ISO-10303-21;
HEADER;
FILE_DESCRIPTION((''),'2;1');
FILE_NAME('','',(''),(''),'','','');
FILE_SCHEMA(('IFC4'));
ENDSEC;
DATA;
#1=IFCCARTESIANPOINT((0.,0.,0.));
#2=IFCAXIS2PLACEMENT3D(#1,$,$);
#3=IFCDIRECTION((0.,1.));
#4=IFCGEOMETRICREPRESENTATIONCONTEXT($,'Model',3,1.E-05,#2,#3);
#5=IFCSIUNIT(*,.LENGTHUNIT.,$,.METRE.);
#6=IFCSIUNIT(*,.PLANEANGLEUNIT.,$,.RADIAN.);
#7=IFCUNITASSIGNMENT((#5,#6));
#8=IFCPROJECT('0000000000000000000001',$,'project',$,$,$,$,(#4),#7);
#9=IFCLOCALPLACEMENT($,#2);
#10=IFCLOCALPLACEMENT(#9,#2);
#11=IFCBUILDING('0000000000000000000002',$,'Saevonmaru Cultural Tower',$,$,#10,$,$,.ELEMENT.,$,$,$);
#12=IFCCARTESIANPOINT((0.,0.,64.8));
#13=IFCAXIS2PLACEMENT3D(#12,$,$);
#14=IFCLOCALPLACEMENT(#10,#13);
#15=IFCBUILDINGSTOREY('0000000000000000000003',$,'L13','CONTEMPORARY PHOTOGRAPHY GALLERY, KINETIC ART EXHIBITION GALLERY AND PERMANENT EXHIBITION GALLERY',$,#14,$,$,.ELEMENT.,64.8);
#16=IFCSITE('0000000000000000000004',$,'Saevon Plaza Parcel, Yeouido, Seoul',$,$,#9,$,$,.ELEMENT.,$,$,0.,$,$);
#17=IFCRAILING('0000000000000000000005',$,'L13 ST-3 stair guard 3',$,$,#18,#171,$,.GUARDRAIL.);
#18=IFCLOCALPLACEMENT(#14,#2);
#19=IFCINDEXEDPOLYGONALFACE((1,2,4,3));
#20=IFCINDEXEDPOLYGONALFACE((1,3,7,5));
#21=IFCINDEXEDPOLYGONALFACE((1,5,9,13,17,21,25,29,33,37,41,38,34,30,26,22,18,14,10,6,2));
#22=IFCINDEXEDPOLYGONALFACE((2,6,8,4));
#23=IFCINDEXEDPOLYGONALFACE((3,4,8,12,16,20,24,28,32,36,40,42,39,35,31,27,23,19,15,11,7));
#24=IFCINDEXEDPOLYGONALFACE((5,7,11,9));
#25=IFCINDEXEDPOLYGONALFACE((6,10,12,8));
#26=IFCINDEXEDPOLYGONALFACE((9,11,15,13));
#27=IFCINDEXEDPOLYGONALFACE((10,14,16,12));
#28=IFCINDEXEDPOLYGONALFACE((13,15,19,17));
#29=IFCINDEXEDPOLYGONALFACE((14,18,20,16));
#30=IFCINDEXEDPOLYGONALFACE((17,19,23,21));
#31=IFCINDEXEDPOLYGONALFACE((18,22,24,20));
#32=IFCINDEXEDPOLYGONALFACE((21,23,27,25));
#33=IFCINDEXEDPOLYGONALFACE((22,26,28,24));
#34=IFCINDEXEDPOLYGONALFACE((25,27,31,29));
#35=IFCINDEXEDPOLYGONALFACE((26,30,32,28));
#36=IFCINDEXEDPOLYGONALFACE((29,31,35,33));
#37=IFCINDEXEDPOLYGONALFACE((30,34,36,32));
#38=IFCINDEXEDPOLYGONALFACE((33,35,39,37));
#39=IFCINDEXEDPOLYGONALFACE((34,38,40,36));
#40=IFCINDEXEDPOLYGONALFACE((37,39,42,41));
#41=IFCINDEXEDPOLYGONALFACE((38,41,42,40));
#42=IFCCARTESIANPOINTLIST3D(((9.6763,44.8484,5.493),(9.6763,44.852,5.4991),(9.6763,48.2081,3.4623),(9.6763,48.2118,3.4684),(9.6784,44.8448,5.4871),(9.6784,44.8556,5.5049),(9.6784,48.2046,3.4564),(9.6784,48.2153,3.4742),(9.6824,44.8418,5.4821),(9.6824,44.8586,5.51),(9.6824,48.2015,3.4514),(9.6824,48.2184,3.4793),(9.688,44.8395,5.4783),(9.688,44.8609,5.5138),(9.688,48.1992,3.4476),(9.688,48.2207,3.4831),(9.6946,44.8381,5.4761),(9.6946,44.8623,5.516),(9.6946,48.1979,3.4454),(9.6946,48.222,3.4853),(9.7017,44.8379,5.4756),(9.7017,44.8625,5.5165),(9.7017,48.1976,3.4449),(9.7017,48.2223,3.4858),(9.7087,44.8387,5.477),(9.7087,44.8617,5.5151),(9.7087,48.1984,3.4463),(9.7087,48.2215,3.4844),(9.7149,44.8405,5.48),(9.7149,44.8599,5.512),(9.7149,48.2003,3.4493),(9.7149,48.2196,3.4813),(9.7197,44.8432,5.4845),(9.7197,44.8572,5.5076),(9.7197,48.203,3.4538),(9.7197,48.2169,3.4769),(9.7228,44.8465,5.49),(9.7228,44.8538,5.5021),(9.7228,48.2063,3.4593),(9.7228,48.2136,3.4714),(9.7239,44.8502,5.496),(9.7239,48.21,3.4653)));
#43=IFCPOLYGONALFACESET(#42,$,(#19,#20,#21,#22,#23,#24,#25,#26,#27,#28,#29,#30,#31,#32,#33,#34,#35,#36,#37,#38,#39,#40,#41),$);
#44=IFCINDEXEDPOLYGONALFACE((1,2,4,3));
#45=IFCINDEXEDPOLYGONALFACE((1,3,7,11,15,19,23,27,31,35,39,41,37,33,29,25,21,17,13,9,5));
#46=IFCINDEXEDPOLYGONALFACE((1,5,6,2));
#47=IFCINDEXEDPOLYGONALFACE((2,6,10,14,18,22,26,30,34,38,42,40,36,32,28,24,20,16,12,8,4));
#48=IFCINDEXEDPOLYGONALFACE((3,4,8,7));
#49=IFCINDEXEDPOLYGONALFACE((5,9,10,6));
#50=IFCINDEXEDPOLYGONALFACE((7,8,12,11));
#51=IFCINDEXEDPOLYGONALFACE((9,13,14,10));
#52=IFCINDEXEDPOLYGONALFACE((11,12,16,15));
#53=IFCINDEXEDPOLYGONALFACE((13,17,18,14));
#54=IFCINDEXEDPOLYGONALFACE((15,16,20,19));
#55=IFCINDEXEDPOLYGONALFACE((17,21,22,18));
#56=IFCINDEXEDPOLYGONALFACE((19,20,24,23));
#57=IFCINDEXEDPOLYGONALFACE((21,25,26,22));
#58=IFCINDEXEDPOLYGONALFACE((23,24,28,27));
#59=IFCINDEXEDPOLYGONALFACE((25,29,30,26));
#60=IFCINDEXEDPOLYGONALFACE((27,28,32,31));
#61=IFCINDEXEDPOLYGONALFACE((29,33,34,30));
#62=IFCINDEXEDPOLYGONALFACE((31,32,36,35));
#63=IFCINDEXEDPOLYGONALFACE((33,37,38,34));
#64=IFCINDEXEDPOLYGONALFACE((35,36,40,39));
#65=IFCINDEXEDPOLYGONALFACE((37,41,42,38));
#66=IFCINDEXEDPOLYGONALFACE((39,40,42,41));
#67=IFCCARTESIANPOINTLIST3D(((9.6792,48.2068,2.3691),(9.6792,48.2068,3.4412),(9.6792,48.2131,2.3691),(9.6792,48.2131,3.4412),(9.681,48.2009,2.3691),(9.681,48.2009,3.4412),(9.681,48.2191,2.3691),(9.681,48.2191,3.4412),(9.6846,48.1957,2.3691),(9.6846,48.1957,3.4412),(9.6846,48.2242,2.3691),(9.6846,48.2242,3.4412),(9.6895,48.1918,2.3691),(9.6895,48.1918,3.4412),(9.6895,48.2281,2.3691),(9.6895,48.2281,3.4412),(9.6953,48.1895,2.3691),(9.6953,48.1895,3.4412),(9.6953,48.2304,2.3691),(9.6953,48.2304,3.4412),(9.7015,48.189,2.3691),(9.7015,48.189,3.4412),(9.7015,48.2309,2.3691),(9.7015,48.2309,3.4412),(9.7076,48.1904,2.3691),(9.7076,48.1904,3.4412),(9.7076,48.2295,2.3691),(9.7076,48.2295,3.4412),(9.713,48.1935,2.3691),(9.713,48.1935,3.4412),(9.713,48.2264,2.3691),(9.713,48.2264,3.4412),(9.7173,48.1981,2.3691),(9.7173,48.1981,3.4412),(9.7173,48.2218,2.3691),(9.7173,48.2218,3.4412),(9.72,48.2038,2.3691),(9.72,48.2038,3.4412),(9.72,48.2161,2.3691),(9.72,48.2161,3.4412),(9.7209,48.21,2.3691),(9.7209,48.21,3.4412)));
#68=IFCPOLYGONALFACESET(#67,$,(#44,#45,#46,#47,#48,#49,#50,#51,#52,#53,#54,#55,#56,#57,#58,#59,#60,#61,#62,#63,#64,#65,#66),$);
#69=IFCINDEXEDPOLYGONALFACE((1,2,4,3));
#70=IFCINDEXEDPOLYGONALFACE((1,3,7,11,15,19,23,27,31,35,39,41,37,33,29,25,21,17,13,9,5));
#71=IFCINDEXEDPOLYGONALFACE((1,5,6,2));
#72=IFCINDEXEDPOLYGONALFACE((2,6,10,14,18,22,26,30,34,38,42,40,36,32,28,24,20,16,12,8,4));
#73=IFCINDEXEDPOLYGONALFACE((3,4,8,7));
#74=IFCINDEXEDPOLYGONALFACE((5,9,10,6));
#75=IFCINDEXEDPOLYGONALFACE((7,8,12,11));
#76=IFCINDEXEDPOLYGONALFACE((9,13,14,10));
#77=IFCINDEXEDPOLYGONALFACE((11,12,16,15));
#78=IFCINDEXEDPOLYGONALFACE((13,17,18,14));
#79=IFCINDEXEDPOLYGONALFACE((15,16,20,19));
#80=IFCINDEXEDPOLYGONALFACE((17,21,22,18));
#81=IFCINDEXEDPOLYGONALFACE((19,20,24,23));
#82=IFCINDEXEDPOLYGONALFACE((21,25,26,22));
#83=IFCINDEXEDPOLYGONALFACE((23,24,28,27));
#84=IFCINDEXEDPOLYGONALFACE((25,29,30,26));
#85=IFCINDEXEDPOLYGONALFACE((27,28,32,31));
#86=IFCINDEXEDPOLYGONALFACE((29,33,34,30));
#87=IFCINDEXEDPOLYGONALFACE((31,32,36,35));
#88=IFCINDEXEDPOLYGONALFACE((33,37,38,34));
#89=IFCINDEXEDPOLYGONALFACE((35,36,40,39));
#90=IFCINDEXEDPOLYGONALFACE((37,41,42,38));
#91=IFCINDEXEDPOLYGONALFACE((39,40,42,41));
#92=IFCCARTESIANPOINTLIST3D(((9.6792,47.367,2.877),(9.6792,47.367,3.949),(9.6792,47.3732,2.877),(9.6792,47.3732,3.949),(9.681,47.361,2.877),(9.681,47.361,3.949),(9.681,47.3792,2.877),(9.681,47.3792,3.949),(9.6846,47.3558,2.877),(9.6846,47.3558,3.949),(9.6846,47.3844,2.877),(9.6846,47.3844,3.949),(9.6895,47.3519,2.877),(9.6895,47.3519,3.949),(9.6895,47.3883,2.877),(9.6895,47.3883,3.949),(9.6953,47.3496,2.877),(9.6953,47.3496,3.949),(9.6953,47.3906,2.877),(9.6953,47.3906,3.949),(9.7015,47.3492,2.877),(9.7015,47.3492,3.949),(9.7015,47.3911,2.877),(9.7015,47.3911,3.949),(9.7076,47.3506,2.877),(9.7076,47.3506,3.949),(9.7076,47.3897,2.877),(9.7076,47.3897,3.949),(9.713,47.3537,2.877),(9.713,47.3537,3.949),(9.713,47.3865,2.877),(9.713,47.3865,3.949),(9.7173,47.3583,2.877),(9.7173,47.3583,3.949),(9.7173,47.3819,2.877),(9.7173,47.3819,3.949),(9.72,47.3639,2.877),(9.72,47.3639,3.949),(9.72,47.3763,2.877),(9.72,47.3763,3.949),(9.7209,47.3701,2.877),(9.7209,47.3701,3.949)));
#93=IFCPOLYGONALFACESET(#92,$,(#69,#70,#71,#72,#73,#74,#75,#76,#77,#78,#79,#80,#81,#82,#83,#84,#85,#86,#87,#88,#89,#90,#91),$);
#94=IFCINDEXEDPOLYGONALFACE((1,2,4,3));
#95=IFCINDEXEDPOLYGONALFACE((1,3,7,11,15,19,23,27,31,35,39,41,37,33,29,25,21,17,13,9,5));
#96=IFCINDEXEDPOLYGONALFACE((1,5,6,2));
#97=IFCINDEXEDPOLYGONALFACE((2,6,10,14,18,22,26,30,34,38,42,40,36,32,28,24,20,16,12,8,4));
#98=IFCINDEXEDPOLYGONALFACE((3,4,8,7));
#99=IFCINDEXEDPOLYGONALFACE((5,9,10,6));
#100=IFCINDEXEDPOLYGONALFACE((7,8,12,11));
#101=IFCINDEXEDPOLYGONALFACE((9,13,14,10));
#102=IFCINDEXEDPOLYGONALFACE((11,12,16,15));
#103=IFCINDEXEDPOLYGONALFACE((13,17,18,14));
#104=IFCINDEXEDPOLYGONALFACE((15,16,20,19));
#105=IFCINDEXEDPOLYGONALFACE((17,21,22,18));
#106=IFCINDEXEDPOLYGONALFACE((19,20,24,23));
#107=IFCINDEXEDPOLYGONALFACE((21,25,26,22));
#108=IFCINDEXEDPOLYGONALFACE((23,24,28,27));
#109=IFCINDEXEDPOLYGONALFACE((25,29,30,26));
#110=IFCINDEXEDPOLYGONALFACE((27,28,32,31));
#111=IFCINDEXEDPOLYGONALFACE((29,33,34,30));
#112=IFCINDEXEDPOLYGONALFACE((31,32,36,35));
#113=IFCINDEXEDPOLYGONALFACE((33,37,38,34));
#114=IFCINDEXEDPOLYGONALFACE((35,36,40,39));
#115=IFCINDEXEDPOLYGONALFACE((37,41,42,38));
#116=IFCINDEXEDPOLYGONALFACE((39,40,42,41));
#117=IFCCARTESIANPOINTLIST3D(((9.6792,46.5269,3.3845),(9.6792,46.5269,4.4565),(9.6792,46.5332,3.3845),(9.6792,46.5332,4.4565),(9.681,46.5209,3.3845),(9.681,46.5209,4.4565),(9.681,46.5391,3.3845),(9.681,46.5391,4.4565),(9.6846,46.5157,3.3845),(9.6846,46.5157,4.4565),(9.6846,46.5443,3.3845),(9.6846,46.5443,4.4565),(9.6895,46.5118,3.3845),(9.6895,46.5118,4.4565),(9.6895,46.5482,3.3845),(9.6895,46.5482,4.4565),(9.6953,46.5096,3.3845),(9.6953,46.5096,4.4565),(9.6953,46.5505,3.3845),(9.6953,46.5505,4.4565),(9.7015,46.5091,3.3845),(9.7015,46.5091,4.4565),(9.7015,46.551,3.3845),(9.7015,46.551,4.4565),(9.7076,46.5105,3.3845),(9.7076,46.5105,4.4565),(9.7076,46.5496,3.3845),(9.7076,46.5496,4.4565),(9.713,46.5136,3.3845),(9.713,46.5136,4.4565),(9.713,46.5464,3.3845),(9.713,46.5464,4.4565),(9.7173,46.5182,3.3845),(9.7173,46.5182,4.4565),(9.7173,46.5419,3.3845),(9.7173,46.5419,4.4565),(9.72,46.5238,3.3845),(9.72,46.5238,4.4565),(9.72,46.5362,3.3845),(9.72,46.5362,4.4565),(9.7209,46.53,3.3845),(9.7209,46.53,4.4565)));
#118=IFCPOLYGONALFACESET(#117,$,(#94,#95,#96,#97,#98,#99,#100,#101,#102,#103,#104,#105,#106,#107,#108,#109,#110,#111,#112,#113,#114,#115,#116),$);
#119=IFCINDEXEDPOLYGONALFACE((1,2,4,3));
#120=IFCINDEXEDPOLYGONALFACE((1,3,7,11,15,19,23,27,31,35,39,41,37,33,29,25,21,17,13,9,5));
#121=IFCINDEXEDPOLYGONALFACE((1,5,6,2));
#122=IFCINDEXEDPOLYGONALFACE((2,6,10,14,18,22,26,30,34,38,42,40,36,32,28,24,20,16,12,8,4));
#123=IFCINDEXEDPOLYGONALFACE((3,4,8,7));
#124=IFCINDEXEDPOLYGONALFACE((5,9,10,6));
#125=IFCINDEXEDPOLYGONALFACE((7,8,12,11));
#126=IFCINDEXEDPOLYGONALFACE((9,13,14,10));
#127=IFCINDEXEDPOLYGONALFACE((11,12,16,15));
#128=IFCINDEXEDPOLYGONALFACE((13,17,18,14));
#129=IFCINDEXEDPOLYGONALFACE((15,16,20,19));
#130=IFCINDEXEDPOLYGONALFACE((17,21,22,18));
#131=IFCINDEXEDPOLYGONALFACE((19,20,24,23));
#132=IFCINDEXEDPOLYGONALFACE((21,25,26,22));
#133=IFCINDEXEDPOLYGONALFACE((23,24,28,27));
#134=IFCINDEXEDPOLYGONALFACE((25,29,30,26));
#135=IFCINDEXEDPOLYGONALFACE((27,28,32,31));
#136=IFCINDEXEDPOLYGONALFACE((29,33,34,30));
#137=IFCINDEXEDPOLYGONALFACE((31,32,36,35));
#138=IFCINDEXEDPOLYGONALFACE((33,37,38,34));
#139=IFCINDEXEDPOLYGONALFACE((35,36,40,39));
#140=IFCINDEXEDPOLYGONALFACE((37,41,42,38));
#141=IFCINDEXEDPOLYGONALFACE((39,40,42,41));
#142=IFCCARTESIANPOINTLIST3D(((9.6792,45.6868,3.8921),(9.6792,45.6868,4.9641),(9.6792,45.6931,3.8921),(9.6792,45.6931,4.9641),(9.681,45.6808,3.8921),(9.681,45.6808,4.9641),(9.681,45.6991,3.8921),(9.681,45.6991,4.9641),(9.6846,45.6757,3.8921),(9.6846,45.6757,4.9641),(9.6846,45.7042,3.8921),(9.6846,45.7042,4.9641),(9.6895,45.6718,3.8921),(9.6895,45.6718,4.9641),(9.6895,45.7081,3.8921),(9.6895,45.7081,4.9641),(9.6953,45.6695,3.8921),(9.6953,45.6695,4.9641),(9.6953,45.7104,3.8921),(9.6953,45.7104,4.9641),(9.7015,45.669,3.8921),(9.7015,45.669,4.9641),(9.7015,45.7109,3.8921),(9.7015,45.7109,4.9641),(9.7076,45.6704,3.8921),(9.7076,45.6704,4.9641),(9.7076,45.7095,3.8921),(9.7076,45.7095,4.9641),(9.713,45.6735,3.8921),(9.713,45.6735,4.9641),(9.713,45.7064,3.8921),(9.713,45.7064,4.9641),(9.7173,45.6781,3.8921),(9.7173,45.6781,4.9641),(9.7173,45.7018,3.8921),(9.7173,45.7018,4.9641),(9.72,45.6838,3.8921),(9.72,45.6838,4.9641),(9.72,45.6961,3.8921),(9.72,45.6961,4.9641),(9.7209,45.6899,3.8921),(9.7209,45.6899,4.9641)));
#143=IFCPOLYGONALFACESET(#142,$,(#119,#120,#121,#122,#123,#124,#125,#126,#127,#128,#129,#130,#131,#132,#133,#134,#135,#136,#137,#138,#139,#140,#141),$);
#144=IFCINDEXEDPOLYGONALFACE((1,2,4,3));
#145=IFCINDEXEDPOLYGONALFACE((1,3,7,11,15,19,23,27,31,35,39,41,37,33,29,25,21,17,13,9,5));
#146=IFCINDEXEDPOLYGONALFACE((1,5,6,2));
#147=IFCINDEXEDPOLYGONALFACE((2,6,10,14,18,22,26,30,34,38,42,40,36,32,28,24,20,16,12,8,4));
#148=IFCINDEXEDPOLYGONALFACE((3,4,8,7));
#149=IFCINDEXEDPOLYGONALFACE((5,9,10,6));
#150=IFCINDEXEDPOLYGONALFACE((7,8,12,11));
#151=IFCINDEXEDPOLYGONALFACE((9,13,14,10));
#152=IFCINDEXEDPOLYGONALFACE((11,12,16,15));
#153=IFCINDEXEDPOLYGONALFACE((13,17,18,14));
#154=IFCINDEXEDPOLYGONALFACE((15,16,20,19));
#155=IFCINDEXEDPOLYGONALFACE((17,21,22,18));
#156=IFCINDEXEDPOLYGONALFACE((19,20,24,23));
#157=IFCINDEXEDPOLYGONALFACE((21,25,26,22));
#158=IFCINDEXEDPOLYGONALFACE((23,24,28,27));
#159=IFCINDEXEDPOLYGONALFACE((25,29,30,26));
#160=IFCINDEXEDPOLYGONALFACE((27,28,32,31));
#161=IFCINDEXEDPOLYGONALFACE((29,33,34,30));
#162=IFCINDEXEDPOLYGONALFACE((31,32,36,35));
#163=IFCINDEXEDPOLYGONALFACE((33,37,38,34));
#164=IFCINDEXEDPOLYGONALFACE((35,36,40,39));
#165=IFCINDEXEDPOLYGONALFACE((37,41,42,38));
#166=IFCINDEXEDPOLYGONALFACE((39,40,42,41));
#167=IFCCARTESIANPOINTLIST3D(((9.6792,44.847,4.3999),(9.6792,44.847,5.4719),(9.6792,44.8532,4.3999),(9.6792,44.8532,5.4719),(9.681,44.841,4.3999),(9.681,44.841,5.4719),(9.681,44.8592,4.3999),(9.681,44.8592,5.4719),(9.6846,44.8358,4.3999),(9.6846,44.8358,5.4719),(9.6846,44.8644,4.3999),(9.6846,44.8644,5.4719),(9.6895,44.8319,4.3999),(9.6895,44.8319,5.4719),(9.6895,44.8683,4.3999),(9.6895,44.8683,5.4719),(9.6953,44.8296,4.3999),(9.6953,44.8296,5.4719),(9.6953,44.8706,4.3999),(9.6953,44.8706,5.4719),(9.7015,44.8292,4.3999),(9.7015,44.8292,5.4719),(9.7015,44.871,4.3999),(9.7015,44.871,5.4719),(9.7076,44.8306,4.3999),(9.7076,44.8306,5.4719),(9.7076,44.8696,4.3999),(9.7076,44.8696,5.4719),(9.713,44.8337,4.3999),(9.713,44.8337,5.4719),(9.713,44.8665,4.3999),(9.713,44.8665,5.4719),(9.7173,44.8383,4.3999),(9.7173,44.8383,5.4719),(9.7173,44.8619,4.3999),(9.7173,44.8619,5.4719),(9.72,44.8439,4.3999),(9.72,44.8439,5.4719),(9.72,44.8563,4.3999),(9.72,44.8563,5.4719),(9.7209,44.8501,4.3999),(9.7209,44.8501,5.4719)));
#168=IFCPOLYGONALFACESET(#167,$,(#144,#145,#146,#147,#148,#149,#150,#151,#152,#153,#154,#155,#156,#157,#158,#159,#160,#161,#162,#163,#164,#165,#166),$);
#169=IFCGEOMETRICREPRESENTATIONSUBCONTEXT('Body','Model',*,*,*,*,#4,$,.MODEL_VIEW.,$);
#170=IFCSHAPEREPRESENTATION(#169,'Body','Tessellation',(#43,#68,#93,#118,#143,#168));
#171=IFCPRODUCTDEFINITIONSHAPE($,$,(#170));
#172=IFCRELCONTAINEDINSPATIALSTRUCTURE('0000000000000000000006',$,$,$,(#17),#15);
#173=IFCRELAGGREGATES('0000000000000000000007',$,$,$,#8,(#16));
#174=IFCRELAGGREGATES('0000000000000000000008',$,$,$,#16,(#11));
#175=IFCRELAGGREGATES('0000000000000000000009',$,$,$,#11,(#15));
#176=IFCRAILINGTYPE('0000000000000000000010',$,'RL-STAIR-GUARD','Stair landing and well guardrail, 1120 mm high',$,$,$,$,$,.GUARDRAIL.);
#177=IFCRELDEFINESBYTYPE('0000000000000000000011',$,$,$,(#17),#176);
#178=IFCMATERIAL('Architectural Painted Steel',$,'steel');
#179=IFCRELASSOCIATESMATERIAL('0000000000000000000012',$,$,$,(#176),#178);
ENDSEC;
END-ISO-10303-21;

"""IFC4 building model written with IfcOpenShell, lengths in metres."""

from ifc_helpers import new_model, si_unit, direction, frame, origin, origin_2d, place, context, subcontext, project, spatial, circle, extrude, material, type_object, element, save


model = new_model("IFC4")

# Units and contexts
model_context = context("Model", 3, precision=1e-05, world=origin(), true_north=direction((0.0, 1.0)))
body_context = subcontext(model_context, "Body", "Model", "MODEL_VIEW")
ifc_project = project(units=[si_unit("LENGTHUNIT", "METRE"), si_unit("PLANEANGLEUNIT", "RADIAN")], contexts=[model_context])

# Site, building, storey
site_placement = place(None, origin())
site = spatial("IfcSite", under=ifc_project, at=site_placement, Name="Saevon Plaza Parcel, Yeouido, Seoul", CompositionType="ELEMENT", RefElevation=0.0)
building_placement = place(site_placement, origin())
building = spatial("IfcBuilding", under=site, at=building_placement, Name="Saevonmaru Cultural Tower", CompositionType="ELEMENT")
storey_placement = place(building_placement, frame((0.0, 0.0, 64.8)))
storey = spatial("IfcBuildingStorey", under=building, at=storey_placement, Name="L13", Description="CONTEMPORARY PHOTOGRAPHY GALLERY, KINETIC ART EXHIBITION GALLERY AND PERMANENT EXHIBITION GALLERY", CompositionType="ELEMENT", Elevation=64.8)

# Railing
ifc_material_1 = material(Name="Architectural Painted Steel", Category="steel")
railing_type_1 = type_object("IfcRailingType", Name="RL-STAIR-GUARD", Description="Stair landing and well guardrail, 1120 mm high", PredefinedType="GUARDRAIL", material=ifc_material_1)
railing_1_placement = place(storey_placement, frame((9.7, 48.21, 2.3691)))
element("IfcRailing", 1, at=railing_1_placement, inside=storey, type_object=railing_type_1, Name="L13 ST-3 stair guard 3", PredefinedType="GUARDRAIL", context=body_context, shape_type="SweptSolid", body=[
    extrude(circle(Radius=0.0239, at=origin_2d()), frame((0.0, 0.0, 1.0962), z_axis=(0.0, -0.85582, 0.517273), x_axis=(1.0, 0.0, 0.0)), (0.0, 0.0, 1.0), 3.9258),
    extrude(circle(Radius=0.021, at=origin_2d()), origin(), (0.0, 0.0, 1.0), 1.072),
    extrude(circle(Radius=0.021, at=origin_2d()), frame((0.0, -0.8398, 0.5078)), (0.0, 0.0, 1.0), 1.072),
    extrude(circle(Radius=0.021, at=origin_2d()), frame((0.0, -1.6799, 1.0154)), (0.0, 0.0, 1.0), 1.072),
    extrude(circle(Radius=0.021, at=origin_2d()), frame((0.0, -2.52, 1.5229)), (0.0, 0.0, 1.0), 1.072),
    extrude(circle(Radius=0.021, at=origin_2d()), frame((0.0, -3.3599, 2.0308)), (0.0, 0.0, 1.0), 1.072),
])

save(model, "model.ifc")
